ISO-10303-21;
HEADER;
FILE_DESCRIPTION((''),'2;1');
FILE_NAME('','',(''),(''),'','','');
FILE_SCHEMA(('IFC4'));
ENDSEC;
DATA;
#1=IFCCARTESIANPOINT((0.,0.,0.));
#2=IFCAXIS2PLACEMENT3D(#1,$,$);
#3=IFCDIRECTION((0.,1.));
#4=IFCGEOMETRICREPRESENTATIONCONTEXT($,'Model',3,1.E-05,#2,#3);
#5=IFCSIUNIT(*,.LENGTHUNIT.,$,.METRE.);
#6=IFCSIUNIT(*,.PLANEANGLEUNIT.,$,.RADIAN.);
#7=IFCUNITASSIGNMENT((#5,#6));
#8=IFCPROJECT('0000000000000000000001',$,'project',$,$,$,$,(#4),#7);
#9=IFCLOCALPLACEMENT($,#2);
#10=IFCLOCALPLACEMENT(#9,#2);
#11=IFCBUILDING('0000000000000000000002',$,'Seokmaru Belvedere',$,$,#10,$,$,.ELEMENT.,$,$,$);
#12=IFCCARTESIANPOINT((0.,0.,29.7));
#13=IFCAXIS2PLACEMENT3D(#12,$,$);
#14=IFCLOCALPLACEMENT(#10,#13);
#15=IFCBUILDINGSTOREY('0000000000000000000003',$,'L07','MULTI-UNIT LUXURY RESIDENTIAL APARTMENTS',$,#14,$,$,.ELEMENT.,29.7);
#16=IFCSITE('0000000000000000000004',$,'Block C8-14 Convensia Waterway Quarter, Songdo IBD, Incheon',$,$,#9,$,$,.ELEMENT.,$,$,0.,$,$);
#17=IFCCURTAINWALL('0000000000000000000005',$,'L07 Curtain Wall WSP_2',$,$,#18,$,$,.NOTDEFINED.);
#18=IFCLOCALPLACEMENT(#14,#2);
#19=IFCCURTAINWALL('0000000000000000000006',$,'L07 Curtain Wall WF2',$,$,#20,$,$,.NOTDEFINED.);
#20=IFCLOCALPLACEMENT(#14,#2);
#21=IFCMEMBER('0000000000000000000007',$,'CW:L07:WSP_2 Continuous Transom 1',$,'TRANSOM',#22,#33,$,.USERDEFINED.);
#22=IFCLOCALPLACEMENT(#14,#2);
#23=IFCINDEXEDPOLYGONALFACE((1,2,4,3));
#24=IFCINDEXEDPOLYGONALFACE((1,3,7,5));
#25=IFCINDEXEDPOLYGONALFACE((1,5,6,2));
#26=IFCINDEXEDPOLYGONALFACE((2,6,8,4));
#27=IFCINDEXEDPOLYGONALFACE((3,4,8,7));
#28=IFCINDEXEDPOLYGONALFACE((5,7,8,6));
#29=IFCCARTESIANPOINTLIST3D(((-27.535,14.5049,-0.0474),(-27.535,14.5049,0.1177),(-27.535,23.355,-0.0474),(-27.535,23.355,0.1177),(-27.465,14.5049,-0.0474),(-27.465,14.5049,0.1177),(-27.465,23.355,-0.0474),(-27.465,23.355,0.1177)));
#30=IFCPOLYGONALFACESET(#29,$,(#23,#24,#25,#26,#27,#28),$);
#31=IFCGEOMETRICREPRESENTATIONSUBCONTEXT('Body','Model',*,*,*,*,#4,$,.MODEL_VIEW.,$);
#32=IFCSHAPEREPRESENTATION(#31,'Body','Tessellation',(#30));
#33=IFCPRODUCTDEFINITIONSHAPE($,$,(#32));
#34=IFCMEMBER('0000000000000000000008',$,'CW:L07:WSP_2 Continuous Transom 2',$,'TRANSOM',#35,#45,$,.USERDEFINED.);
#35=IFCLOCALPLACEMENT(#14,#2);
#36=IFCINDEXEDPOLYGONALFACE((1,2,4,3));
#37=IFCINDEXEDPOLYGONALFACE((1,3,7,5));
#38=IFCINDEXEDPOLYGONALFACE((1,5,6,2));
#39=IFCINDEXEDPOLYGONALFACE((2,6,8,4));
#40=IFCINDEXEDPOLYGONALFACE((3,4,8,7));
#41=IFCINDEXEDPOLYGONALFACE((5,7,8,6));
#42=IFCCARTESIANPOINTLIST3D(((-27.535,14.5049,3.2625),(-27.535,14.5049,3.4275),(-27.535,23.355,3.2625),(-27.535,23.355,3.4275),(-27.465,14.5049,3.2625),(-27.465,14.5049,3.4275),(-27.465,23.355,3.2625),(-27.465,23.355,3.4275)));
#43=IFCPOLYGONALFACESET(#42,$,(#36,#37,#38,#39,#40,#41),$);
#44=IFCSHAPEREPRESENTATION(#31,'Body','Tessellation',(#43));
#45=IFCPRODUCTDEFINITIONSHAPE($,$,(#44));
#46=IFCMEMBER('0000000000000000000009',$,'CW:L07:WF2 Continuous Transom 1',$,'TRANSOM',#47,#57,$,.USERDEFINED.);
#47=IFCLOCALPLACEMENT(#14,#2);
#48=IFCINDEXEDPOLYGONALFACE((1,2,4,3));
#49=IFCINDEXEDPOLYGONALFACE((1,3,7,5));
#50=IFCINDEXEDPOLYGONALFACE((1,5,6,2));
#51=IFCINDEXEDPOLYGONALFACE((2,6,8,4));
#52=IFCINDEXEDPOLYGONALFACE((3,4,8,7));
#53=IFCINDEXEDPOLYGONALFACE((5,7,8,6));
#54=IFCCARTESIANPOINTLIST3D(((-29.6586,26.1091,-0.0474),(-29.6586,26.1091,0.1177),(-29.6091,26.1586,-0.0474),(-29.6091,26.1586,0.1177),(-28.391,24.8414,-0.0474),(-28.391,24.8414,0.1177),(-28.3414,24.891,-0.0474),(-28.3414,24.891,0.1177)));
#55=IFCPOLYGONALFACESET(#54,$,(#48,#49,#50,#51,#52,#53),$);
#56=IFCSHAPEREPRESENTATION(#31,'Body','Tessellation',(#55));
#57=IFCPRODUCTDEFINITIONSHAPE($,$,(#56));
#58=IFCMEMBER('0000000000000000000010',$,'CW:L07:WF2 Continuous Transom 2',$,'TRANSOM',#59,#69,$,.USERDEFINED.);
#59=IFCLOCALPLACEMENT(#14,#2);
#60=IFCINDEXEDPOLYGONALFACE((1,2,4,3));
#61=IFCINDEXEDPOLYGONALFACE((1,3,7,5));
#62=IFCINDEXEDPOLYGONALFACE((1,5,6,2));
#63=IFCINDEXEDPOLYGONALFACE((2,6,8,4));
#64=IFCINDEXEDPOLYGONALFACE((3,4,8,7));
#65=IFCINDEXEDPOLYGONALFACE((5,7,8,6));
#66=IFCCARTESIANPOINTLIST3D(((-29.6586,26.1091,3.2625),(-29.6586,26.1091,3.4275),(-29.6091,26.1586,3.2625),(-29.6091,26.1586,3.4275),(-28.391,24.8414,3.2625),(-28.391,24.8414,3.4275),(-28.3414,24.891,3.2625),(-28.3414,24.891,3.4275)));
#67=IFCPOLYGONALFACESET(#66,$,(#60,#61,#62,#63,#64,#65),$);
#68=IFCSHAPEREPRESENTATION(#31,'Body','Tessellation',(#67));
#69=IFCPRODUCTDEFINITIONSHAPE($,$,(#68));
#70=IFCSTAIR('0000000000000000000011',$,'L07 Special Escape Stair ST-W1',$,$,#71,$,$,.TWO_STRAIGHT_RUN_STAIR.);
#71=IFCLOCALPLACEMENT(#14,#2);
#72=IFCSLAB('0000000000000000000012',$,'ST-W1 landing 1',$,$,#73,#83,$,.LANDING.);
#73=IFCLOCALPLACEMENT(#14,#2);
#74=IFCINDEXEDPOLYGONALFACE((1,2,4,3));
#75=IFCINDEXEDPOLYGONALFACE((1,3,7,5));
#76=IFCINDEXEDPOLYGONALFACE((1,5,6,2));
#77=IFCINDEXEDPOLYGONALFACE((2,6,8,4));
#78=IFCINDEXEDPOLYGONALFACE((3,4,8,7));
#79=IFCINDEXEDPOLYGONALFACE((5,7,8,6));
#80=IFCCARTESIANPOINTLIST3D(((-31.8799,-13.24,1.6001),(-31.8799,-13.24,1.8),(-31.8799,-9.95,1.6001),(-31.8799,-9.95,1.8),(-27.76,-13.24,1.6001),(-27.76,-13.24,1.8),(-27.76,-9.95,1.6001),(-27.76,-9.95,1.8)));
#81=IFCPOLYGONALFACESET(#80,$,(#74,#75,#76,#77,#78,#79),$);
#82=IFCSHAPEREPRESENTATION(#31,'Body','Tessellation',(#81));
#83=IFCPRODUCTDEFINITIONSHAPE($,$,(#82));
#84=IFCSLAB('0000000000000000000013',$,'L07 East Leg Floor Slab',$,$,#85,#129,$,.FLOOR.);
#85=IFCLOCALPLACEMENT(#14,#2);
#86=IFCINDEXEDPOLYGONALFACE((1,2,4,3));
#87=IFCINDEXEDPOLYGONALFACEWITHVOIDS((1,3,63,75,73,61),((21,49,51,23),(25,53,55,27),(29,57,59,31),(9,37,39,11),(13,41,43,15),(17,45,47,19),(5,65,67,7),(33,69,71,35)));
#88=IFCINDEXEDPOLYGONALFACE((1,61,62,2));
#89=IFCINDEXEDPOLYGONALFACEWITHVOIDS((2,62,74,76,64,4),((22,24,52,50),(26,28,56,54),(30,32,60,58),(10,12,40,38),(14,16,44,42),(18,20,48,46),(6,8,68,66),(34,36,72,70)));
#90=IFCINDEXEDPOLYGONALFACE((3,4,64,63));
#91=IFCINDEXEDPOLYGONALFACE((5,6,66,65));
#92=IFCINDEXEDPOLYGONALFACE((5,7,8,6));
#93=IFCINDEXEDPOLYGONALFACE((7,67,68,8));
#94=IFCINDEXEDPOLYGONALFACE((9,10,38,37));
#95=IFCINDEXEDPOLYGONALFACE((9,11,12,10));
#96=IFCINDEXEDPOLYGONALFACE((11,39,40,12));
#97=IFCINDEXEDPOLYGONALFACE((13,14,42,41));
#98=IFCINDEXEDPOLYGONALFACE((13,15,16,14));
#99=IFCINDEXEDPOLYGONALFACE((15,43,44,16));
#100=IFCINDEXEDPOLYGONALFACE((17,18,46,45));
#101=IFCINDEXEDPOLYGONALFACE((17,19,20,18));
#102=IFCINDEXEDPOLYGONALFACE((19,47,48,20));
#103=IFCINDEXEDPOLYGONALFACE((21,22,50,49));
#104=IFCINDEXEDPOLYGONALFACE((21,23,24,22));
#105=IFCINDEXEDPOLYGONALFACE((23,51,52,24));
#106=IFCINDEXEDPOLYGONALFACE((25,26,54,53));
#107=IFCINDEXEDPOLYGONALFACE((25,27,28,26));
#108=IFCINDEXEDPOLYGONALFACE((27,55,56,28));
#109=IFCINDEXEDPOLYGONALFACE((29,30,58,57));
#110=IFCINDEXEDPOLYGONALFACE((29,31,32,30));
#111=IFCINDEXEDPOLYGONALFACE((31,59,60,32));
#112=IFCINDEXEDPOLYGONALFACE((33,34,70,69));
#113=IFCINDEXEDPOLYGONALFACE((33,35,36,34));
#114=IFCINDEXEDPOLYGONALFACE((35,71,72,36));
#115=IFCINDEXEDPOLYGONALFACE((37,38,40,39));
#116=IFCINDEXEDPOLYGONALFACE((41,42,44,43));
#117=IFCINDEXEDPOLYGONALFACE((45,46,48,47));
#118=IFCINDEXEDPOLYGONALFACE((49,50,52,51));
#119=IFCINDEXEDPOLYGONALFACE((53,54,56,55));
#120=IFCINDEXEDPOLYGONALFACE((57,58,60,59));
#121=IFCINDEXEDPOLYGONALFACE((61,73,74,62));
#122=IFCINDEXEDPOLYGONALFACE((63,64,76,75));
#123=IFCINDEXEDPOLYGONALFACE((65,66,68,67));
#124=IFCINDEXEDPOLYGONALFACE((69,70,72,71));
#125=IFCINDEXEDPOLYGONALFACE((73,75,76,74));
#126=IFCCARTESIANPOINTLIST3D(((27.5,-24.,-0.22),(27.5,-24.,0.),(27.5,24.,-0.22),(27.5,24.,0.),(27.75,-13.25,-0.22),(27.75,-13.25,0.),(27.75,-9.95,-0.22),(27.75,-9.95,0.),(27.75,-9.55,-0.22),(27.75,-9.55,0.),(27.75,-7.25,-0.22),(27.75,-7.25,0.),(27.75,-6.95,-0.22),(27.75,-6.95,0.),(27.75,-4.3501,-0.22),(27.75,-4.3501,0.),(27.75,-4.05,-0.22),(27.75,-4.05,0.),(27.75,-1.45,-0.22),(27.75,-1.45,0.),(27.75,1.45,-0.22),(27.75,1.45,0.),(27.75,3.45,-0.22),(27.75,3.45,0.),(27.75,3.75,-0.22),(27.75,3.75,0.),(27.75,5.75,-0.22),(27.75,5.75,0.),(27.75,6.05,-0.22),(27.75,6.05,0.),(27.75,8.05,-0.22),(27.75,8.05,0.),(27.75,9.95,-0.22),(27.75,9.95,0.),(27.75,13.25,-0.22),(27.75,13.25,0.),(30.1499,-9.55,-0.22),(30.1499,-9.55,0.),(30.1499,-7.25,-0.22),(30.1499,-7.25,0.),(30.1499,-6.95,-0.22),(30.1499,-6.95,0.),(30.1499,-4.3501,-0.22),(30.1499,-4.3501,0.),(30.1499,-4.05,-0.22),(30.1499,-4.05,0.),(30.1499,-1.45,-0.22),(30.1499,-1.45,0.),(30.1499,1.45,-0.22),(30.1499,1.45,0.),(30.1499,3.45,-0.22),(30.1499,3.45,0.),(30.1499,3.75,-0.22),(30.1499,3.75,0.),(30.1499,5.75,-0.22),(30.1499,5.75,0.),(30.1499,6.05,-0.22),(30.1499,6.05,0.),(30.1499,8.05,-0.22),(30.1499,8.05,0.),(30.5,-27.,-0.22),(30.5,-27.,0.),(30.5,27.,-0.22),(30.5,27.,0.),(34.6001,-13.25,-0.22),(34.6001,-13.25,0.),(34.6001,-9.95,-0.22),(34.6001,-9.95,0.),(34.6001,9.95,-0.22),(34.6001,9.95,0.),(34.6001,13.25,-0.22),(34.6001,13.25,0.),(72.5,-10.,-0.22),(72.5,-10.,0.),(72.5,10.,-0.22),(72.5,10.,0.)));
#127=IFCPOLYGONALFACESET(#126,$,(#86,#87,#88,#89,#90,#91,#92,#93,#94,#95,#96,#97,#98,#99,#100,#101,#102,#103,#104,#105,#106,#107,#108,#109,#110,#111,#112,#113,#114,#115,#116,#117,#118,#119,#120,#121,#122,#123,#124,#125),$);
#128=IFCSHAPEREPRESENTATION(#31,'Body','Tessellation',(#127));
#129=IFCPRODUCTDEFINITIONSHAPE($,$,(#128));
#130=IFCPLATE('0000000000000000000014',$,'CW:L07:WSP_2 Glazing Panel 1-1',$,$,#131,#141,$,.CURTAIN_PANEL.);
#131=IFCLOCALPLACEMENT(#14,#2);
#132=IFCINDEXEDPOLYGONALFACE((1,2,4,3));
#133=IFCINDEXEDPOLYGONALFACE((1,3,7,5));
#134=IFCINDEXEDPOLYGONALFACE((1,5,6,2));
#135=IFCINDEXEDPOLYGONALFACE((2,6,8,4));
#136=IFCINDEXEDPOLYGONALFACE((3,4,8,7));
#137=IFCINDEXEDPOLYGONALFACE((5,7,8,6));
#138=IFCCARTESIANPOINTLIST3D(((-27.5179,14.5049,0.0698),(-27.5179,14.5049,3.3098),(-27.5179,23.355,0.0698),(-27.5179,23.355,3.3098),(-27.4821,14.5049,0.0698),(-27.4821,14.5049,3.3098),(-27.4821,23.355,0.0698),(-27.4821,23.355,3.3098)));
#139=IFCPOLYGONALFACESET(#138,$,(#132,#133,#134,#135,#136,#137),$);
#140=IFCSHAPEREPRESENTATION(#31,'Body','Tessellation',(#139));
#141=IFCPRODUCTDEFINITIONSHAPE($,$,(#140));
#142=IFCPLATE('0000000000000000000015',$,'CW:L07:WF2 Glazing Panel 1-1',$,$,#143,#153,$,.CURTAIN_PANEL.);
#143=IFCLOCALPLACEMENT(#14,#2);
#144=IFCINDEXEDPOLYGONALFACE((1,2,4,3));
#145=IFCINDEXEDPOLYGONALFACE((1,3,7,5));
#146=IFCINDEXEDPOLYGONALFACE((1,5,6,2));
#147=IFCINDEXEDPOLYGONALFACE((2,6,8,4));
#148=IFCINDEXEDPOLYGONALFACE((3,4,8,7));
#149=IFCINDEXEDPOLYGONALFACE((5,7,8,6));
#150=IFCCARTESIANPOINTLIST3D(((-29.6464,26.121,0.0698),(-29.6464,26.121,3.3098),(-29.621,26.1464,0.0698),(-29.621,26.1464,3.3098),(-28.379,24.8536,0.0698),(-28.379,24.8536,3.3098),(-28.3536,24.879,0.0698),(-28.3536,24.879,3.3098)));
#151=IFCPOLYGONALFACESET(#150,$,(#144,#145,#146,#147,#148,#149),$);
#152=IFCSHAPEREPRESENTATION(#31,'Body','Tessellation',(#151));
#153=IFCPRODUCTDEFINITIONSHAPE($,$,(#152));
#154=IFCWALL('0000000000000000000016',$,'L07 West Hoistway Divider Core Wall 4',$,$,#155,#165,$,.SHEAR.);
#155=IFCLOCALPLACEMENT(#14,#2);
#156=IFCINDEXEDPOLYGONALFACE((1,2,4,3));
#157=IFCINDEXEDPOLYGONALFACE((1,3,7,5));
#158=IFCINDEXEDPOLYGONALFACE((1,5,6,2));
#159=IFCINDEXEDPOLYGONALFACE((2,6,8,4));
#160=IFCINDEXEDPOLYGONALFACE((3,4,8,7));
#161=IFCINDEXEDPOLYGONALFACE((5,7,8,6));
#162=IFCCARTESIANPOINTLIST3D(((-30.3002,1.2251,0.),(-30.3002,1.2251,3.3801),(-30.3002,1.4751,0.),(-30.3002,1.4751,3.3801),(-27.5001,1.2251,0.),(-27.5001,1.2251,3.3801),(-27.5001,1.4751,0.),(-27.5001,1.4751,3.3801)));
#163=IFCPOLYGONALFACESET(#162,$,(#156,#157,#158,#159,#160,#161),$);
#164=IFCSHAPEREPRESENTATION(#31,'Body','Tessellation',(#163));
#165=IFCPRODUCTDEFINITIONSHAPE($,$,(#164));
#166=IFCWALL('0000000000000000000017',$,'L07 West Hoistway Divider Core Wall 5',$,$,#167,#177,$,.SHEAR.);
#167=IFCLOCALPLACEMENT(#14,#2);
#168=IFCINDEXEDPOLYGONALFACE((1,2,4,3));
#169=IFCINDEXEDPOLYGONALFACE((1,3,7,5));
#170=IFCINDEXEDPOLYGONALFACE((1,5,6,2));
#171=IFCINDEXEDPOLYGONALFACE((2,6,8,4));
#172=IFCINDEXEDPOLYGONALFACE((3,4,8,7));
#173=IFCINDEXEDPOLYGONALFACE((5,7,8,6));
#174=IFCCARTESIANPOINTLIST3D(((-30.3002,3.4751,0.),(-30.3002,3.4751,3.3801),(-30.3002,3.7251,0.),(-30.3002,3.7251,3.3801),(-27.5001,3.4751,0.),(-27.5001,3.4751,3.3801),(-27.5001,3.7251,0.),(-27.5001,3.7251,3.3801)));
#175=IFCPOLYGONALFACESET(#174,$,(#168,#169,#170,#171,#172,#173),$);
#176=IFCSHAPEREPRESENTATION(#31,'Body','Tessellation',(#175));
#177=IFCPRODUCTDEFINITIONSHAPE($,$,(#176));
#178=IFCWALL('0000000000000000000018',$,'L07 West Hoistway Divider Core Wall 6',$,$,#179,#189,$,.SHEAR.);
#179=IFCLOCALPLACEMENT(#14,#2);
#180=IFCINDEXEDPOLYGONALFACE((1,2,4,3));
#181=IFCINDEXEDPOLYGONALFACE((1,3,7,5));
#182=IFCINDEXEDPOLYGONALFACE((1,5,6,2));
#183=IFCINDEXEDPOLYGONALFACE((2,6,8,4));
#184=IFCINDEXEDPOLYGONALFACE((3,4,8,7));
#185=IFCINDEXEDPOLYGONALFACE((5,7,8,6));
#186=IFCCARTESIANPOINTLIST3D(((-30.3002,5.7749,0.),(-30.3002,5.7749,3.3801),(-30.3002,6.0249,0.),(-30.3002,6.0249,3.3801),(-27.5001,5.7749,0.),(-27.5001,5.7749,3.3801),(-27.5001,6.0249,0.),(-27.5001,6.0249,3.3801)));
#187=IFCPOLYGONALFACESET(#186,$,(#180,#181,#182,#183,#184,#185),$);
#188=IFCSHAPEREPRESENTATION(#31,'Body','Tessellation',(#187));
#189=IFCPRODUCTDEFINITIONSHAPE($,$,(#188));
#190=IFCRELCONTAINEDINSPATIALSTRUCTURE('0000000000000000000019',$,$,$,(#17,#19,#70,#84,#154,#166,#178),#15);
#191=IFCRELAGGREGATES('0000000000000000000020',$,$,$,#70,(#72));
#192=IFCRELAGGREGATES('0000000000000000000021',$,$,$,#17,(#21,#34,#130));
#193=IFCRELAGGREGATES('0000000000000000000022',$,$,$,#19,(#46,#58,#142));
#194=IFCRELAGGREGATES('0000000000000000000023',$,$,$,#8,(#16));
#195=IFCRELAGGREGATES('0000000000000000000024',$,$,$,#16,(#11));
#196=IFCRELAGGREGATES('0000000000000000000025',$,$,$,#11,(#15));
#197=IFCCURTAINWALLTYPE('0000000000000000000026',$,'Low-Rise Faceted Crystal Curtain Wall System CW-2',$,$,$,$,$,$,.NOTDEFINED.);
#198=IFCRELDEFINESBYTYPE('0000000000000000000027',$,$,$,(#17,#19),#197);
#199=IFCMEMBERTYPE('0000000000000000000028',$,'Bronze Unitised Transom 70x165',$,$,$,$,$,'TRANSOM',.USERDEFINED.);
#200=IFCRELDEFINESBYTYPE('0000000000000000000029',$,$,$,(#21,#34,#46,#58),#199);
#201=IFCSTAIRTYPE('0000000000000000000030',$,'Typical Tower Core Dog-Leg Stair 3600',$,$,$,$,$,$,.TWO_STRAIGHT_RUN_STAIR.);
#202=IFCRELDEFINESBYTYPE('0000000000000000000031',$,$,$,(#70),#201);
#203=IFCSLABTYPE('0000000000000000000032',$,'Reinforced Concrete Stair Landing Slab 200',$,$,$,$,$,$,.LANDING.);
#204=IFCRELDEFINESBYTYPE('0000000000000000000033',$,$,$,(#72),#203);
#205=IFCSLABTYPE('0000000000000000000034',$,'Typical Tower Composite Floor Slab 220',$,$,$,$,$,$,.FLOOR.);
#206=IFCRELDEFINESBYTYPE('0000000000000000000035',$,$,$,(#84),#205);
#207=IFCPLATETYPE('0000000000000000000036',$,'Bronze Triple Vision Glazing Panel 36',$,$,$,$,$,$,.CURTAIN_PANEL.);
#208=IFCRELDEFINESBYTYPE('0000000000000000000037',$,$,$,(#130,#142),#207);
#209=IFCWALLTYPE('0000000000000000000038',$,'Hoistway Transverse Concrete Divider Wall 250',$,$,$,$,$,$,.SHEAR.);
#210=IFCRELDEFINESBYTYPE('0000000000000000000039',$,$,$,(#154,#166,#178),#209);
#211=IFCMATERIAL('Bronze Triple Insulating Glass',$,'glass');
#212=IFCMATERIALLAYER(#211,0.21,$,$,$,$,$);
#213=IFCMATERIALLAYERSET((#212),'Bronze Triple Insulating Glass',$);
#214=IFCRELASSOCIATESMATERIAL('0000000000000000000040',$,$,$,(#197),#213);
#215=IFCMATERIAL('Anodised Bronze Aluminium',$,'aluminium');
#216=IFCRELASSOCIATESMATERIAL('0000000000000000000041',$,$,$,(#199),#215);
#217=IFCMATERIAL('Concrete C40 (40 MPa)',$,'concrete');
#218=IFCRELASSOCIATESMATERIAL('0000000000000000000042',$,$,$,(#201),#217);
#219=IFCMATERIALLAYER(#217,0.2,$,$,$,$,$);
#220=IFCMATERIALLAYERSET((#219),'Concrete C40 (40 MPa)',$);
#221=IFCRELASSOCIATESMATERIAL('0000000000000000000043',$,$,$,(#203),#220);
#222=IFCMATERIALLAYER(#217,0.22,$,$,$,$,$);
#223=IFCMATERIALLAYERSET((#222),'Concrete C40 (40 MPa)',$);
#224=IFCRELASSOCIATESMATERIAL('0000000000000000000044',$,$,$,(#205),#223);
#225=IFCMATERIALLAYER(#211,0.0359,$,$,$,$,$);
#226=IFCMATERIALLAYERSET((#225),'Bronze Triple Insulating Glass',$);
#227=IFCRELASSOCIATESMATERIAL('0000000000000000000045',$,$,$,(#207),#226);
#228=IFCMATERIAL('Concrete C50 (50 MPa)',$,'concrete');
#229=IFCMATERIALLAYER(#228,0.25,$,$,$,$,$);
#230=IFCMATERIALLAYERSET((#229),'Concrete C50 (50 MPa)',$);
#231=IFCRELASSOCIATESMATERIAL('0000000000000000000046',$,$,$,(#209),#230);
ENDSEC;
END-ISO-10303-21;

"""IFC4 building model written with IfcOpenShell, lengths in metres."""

from ifc_helpers import new_model, si_unit, direction, frame, frame_2d, origin, origin_2d, place, context, subcontext, project, spatial, polyline, rectangle, outline, extrude, source, transform, mapped, material, layer, layer_set, material_profile, profile_set, type_object, type_shapes, element, aggregate, save


model = new_model("IFC4")

# Units and contexts
model_context = context("Model", 3, precision=1e-05, world=origin(), true_north=direction((0.0, 1.0)))
body_context = subcontext(model_context, "Body", "Model", "MODEL_VIEW")
ifc_project = project(units=[si_unit("LENGTHUNIT", "METRE"), si_unit("PLANEANGLEUNIT", "RADIAN")], contexts=[model_context])

# Site, building, storey
site_placement = place(None, origin())
site = spatial("IfcSite", under=ifc_project, at=site_placement, Name="Block C8-14 Convensia Waterway Quarter, Songdo IBD, Incheon", CompositionType="ELEMENT", RefElevation=0.0)
building_placement = place(site_placement, origin())
building = spatial("IfcBuilding", under=site, at=building_placement, Name="Seokmaru Belvedere", CompositionType="ELEMENT")
storey_placement = place(building_placement, frame((0.0, 0.0, 29.7)))
storey = spatial("IfcBuildingStorey", under=building, at=storey_placement, Name="L07", Description="MULTI-UNIT LUXURY RESIDENTIAL APARTMENTS", CompositionType="ELEMENT", Elevation=29.7)

# Curtain walls
ifc_material_1 = material(Name="Bronze Triple Insulating Glass", Category="glass")
ifc_layer_1 = layer(ifc_material_1, 0.21)
ifc_layer_set_1 = layer_set([ifc_layer_1], Name="Bronze Triple Insulating Glass")
curtain_wall_type = type_object("IfcCurtainWallType", Name="Low-Rise Faceted Crystal Curtain Wall System CW-2", PredefinedType="NOTDEFINED", material=ifc_layer_set_1)
curtain_wall_1_placement = place(storey_placement, origin())
curtain_wall_1 = element("IfcCurtainWall", 1, at=curtain_wall_1_placement, inside=storey, type_object=curtain_wall_type, Name="L07 Curtain Wall WSP_2", PredefinedType="NOTDEFINED")
ifc_material_2 = material(Name="Anodised Bronze Aluminium", Category="aluminium")
curtain_wall_2_placement = place(storey_placement, origin())
curtain_wall_2 = element("IfcCurtainWall", 2, at=curtain_wall_2_placement, inside=storey, type_object=curtain_wall_type, Name="L07 Curtain Wall WF2", PredefinedType="NOTDEFINED")

# Members
ifc_material_profile_1 = material_profile(ifc_material_2, rectangle(XDim=0.0701, YDim=0.165, at=origin_2d()), Name="CW-T-70x165")
ifc_profile_set_1 = profile_set([ifc_material_profile_1], Name="Anodised Bronze Aluminium")
member_type_1 = type_object("IfcMemberType", Name="Bronze Unitised Transom 70x165", ElementType="TRANSOM", PredefinedType="USERDEFINED", material=ifc_profile_set_1)
shared_shape_1 = source(origin(), body_context, "Body", "SweptSolid", [
    extrude(rectangle(XDim=0.0701, YDim=0.165, at=origin_2d()), origin(), (0.0, 0.0, 1.0), 8.8501),
])
member_1_placement = place(storey_placement, frame((-27.5, 14.5049, 0.0352), z_axis=(0.0, 1.0, 0.0), x_axis=(-1.0, 0.0, 0.0)))
member_1 = element("IfcMember", 3, at=member_1_placement, type_object=member_type_1, Name="CW:L07:WSP_2 Continuous Transom 1", ObjectType="TRANSOM", PredefinedType="USERDEFINED", context=body_context, shape_type="MappedRepresentation", body=[
    mapped(shared_shape_1, transform((0.0, 0.0, 0.0), scale=1.0)),
])
member_2_placement = place(storey_placement, frame((-27.5, 14.5049, 3.345), z_axis=(0.0, 1.0, 0.0), x_axis=(-1.0, 0.0, 0.0)))
member_2 = element("IfcMember", 4, at=member_2_placement, type_object=member_type_1, Name="CW:L07:WSP_2 Continuous Transom 2", ObjectType="TRANSOM", PredefinedType="USERDEFINED", context=body_context, shape_type="MappedRepresentation", body=[
    mapped(shared_shape_1, transform((0.0, 0.0, 0.0), scale=1.0)),
])
shared_shape_2 = source(origin(), body_context, "Body", "SweptSolid", [
    extrude(rectangle(XDim=0.0701, YDim=0.165, at=origin_2d()), origin(), (0.0, 0.0, 1.0), 1.7927),
])
type_shapes(member_type_1, [shared_shape_1, shared_shape_2])
member_3_placement = place(storey_placement, frame((-28.3662, 24.8662, 0.0352), z_axis=(-0.707107, 0.707107, 0.0), x_axis=(-0.707107, -0.707107, 0.0)))
member_3 = element("IfcMember", 5, at=member_3_placement, type_object=member_type_1, Name="CW:L07:WF2 Continuous Transom 1", ObjectType="TRANSOM", PredefinedType="USERDEFINED", context=body_context, shape_type="MappedRepresentation", body=[
    mapped(shared_shape_2, transform((0.0, 0.0, 0.0), scale=1.0)),
])
member_4_placement = place(storey_placement, frame((-28.3662, 24.8662, 3.345), z_axis=(-0.707107, 0.707107, 0.0), x_axis=(-0.707107, -0.707107, 0.0)))
member_4 = element("IfcMember", 6, at=member_4_placement, type_object=member_type_1, Name="CW:L07:WF2 Continuous Transom 2", ObjectType="TRANSOM", PredefinedType="USERDEFINED", context=body_context, shape_type="MappedRepresentation", body=[
    mapped(shared_shape_2, transform((0.0, 0.0, 0.0), scale=1.0)),
])

# Stair, slab
ifc_material_3 = material(Name="Concrete C40 (40 MPa)", Category="concrete")
stair_type = type_object("IfcStairType", Name="Typical Tower Core Dog-Leg Stair 3600", PredefinedType="TWO_STRAIGHT_RUN_STAIR", material=ifc_material_3)
stair_placement = place(storey_placement, origin())
stair = element("IfcStair", 7, at=stair_placement, inside=storey, type_object=stair_type, Name="L07 Special Escape Stair ST-W1", PredefinedType="TWO_STRAIGHT_RUN_STAIR")
ifc_layer_2 = layer(ifc_material_3, 0.2)
ifc_layer_set_2 = layer_set([ifc_layer_2], Name="Concrete C40 (40 MPa)")
slab_type_1 = type_object("IfcSlabType", Name="Reinforced Concrete Stair Landing Slab 200", PredefinedType="LANDING", material=ifc_layer_set_2)
slab_1_placement = place(storey_placement, frame((0.0, 0.0, 1.6001)))
slab_1 = element("IfcSlab", 8, at=slab_1_placement, type_object=slab_type_1, Name="ST-W1 landing 1", PredefinedType="LANDING", context=body_context, shape_type="SweptSolid", body=[
    extrude(outline(polyline([(-31.8799, -13.24), (-27.76, -13.24), (-27.76, -9.95), (-31.8799, -9.95), (-31.8799, -13.24)])), origin(), (0.0, 0.0, 1.0), 0.2),
])
aggregate(stair, [slab_1])

# Slab
ifc_layer_3 = layer(ifc_material_3, 0.22)
ifc_layer_set_3 = layer_set([ifc_layer_3], Name="Concrete C40 (40 MPa)")
slab_type_2 = type_object("IfcSlabType", Name="Typical Tower Composite Floor Slab 220", PredefinedType="FLOOR", material=ifc_layer_set_3)
slab_2_placement = place(storey_placement, frame((0.0, 0.0, -0.22)))
element("IfcSlab", 9, at=slab_2_placement, inside=storey, type_object=slab_type_2, Name="L07 East Leg Floor Slab", PredefinedType="FLOOR", context=body_context, shape_type="SweptSolid", body=[
    extrude(outline(polyline([(30.5, -27.0), (72.5, -10.0), (72.5, 10.0), (30.5, 27.0), (27.5, 24.0), (27.5, -24.0), (30.5, -27.0)]), holes=[polyline([(27.75, -13.25), (34.6001, -13.25), (34.6001, -9.95), (27.75, -9.95), (27.75, -13.25)]), polyline([(27.75, 9.95), (34.6001, 9.95), (34.6001, 13.25), (27.75, 13.25), (27.75, 9.95)]), polyline([(27.75, -9.55), (30.1499, -9.55), (30.1499, -7.25), (27.75, -7.25), (27.75, -9.55)]), polyline([(27.75, -6.95), (30.1499, -6.95), (30.1499, -4.3501), (27.75, -4.3501), (27.75, -6.95)]), polyline([(27.75, -4.05), (30.1499, -4.05), (30.1499, -1.45), (27.75, -1.45), (27.75, -4.05)]), polyline([(27.75, 1.45), (30.1499, 1.45), (30.1499, 3.45), (27.75, 3.45), (27.75, 1.45)]), polyline([(27.75, 3.75), (30.1499, 3.75), (30.1499, 5.75), (27.75, 5.75), (27.75, 3.75)]), polyline([(27.75, 6.05), (30.1499, 6.05), (30.1499, 8.05), (27.75, 8.05), (27.75, 6.05)])]), origin(), (0.0, 0.0, 1.0), 0.22),
])

# Plates
ifc_layer_4 = layer(ifc_material_1, 0.0359)
ifc_layer_set_4 = layer_set([ifc_layer_4], Name="Bronze Triple Insulating Glass")
plate_type = type_object("IfcPlateType", Name="Bronze Triple Vision Glazing Panel 36", PredefinedType="CURTAIN_PANEL", material=ifc_layer_set_4)
shared_shape_3 = source(origin(), body_context, "Body", "SweptSolid", [
    extrude(rectangle(XDim=8.8501, YDim=0.0359, at=origin_2d()), origin(), (0.0, 0.0, 1.0), 3.24),
])
plate_1_placement = place(storey_placement, frame((-27.5, 18.9299, 0.0698), z_axis=(0.0, 0.0, 1.0), x_axis=(0.0, 1.0, 0.0)))
plate_1 = element("IfcPlate", 10, at=plate_1_placement, type_object=plate_type, Name="CW:L07:WSP_2 Glazing Panel 1-1", PredefinedType="CURTAIN_PANEL", context=body_context, shape_type="MappedRepresentation", body=[
    mapped(shared_shape_3, transform((0.0, 0.0, 0.0), scale=1.0)),
])
aggregate(curtain_wall_1, [member_1, member_2, plate_1])
shared_shape_4 = source(origin(), body_context, "Body", "SweptSolid", [
    extrude(rectangle(XDim=1.7925, YDim=0.0359, at=origin_2d()), origin(), (0.0, 0.0, 1.0), 3.24),
])
type_shapes(plate_type, [shared_shape_3, shared_shape_4])
plate_2_placement = place(storey_placement, frame((-29.0, 25.5, 0.0698), z_axis=(0.0, 0.0, 1.0), x_axis=(-0.707107, 0.707107, 0.0)))
plate_2 = element("IfcPlate", 11, at=plate_2_placement, type_object=plate_type, Name="CW:L07:WF2 Glazing Panel 1-1", PredefinedType="CURTAIN_PANEL", context=body_context, shape_type="MappedRepresentation", body=[
    mapped(shared_shape_4, transform((0.0, 0.0, 0.0), scale=1.0)),
])
aggregate(curtain_wall_2, [member_3, member_4, plate_2])

# Walls
ifc_material_4 = material(Name="Concrete C50 (50 MPa)", Category="concrete")
ifc_layer_5 = layer(ifc_material_4, 0.25)
ifc_layer_set_5 = layer_set([ifc_layer_5], Name="Concrete C50 (50 MPa)")
wall_type_1 = type_object("IfcWallType", Name="Hoistway Transverse Concrete Divider Wall 250", PredefinedType="SHEAR", material=ifc_layer_set_5)
for number, where, z_axis, x_axis, name in (
    (12, (-30.3, 1.3501, 0.0), (0.0, 0.0, 1.0), (1.0, 0.0, 0.0), "L07 West Hoistway Divider Core Wall 4"),
    (13, (-30.3, 3.6001, 0.0), (0.0, 0.0, 1.0), (1.0, 0.0, 0.0), "L07 West Hoistway Divider Core Wall 5"),
    (14, (-30.3, 5.8999, 0.0), (0.0, 0.0, 1.0), (1.0, 0.0, 0.0), "L07 West Hoistway Divider Core Wall 6"),
):
    element("IfcWall", number, at=place(storey_placement, frame(where, z_axis=z_axis, x_axis=x_axis)), inside=storey, type_object=wall_type_1, Name=name, PredefinedType="SHEAR", context=body_context, shape_type="SweptSolid", body=[
        extrude(rectangle(XDim=2.8, YDim=0.25, at=frame_2d((1.3999, 0.0))), origin(), (0.0, 0.0, 1.0), 3.3801),
    ])

save(model, "model.ifc")
